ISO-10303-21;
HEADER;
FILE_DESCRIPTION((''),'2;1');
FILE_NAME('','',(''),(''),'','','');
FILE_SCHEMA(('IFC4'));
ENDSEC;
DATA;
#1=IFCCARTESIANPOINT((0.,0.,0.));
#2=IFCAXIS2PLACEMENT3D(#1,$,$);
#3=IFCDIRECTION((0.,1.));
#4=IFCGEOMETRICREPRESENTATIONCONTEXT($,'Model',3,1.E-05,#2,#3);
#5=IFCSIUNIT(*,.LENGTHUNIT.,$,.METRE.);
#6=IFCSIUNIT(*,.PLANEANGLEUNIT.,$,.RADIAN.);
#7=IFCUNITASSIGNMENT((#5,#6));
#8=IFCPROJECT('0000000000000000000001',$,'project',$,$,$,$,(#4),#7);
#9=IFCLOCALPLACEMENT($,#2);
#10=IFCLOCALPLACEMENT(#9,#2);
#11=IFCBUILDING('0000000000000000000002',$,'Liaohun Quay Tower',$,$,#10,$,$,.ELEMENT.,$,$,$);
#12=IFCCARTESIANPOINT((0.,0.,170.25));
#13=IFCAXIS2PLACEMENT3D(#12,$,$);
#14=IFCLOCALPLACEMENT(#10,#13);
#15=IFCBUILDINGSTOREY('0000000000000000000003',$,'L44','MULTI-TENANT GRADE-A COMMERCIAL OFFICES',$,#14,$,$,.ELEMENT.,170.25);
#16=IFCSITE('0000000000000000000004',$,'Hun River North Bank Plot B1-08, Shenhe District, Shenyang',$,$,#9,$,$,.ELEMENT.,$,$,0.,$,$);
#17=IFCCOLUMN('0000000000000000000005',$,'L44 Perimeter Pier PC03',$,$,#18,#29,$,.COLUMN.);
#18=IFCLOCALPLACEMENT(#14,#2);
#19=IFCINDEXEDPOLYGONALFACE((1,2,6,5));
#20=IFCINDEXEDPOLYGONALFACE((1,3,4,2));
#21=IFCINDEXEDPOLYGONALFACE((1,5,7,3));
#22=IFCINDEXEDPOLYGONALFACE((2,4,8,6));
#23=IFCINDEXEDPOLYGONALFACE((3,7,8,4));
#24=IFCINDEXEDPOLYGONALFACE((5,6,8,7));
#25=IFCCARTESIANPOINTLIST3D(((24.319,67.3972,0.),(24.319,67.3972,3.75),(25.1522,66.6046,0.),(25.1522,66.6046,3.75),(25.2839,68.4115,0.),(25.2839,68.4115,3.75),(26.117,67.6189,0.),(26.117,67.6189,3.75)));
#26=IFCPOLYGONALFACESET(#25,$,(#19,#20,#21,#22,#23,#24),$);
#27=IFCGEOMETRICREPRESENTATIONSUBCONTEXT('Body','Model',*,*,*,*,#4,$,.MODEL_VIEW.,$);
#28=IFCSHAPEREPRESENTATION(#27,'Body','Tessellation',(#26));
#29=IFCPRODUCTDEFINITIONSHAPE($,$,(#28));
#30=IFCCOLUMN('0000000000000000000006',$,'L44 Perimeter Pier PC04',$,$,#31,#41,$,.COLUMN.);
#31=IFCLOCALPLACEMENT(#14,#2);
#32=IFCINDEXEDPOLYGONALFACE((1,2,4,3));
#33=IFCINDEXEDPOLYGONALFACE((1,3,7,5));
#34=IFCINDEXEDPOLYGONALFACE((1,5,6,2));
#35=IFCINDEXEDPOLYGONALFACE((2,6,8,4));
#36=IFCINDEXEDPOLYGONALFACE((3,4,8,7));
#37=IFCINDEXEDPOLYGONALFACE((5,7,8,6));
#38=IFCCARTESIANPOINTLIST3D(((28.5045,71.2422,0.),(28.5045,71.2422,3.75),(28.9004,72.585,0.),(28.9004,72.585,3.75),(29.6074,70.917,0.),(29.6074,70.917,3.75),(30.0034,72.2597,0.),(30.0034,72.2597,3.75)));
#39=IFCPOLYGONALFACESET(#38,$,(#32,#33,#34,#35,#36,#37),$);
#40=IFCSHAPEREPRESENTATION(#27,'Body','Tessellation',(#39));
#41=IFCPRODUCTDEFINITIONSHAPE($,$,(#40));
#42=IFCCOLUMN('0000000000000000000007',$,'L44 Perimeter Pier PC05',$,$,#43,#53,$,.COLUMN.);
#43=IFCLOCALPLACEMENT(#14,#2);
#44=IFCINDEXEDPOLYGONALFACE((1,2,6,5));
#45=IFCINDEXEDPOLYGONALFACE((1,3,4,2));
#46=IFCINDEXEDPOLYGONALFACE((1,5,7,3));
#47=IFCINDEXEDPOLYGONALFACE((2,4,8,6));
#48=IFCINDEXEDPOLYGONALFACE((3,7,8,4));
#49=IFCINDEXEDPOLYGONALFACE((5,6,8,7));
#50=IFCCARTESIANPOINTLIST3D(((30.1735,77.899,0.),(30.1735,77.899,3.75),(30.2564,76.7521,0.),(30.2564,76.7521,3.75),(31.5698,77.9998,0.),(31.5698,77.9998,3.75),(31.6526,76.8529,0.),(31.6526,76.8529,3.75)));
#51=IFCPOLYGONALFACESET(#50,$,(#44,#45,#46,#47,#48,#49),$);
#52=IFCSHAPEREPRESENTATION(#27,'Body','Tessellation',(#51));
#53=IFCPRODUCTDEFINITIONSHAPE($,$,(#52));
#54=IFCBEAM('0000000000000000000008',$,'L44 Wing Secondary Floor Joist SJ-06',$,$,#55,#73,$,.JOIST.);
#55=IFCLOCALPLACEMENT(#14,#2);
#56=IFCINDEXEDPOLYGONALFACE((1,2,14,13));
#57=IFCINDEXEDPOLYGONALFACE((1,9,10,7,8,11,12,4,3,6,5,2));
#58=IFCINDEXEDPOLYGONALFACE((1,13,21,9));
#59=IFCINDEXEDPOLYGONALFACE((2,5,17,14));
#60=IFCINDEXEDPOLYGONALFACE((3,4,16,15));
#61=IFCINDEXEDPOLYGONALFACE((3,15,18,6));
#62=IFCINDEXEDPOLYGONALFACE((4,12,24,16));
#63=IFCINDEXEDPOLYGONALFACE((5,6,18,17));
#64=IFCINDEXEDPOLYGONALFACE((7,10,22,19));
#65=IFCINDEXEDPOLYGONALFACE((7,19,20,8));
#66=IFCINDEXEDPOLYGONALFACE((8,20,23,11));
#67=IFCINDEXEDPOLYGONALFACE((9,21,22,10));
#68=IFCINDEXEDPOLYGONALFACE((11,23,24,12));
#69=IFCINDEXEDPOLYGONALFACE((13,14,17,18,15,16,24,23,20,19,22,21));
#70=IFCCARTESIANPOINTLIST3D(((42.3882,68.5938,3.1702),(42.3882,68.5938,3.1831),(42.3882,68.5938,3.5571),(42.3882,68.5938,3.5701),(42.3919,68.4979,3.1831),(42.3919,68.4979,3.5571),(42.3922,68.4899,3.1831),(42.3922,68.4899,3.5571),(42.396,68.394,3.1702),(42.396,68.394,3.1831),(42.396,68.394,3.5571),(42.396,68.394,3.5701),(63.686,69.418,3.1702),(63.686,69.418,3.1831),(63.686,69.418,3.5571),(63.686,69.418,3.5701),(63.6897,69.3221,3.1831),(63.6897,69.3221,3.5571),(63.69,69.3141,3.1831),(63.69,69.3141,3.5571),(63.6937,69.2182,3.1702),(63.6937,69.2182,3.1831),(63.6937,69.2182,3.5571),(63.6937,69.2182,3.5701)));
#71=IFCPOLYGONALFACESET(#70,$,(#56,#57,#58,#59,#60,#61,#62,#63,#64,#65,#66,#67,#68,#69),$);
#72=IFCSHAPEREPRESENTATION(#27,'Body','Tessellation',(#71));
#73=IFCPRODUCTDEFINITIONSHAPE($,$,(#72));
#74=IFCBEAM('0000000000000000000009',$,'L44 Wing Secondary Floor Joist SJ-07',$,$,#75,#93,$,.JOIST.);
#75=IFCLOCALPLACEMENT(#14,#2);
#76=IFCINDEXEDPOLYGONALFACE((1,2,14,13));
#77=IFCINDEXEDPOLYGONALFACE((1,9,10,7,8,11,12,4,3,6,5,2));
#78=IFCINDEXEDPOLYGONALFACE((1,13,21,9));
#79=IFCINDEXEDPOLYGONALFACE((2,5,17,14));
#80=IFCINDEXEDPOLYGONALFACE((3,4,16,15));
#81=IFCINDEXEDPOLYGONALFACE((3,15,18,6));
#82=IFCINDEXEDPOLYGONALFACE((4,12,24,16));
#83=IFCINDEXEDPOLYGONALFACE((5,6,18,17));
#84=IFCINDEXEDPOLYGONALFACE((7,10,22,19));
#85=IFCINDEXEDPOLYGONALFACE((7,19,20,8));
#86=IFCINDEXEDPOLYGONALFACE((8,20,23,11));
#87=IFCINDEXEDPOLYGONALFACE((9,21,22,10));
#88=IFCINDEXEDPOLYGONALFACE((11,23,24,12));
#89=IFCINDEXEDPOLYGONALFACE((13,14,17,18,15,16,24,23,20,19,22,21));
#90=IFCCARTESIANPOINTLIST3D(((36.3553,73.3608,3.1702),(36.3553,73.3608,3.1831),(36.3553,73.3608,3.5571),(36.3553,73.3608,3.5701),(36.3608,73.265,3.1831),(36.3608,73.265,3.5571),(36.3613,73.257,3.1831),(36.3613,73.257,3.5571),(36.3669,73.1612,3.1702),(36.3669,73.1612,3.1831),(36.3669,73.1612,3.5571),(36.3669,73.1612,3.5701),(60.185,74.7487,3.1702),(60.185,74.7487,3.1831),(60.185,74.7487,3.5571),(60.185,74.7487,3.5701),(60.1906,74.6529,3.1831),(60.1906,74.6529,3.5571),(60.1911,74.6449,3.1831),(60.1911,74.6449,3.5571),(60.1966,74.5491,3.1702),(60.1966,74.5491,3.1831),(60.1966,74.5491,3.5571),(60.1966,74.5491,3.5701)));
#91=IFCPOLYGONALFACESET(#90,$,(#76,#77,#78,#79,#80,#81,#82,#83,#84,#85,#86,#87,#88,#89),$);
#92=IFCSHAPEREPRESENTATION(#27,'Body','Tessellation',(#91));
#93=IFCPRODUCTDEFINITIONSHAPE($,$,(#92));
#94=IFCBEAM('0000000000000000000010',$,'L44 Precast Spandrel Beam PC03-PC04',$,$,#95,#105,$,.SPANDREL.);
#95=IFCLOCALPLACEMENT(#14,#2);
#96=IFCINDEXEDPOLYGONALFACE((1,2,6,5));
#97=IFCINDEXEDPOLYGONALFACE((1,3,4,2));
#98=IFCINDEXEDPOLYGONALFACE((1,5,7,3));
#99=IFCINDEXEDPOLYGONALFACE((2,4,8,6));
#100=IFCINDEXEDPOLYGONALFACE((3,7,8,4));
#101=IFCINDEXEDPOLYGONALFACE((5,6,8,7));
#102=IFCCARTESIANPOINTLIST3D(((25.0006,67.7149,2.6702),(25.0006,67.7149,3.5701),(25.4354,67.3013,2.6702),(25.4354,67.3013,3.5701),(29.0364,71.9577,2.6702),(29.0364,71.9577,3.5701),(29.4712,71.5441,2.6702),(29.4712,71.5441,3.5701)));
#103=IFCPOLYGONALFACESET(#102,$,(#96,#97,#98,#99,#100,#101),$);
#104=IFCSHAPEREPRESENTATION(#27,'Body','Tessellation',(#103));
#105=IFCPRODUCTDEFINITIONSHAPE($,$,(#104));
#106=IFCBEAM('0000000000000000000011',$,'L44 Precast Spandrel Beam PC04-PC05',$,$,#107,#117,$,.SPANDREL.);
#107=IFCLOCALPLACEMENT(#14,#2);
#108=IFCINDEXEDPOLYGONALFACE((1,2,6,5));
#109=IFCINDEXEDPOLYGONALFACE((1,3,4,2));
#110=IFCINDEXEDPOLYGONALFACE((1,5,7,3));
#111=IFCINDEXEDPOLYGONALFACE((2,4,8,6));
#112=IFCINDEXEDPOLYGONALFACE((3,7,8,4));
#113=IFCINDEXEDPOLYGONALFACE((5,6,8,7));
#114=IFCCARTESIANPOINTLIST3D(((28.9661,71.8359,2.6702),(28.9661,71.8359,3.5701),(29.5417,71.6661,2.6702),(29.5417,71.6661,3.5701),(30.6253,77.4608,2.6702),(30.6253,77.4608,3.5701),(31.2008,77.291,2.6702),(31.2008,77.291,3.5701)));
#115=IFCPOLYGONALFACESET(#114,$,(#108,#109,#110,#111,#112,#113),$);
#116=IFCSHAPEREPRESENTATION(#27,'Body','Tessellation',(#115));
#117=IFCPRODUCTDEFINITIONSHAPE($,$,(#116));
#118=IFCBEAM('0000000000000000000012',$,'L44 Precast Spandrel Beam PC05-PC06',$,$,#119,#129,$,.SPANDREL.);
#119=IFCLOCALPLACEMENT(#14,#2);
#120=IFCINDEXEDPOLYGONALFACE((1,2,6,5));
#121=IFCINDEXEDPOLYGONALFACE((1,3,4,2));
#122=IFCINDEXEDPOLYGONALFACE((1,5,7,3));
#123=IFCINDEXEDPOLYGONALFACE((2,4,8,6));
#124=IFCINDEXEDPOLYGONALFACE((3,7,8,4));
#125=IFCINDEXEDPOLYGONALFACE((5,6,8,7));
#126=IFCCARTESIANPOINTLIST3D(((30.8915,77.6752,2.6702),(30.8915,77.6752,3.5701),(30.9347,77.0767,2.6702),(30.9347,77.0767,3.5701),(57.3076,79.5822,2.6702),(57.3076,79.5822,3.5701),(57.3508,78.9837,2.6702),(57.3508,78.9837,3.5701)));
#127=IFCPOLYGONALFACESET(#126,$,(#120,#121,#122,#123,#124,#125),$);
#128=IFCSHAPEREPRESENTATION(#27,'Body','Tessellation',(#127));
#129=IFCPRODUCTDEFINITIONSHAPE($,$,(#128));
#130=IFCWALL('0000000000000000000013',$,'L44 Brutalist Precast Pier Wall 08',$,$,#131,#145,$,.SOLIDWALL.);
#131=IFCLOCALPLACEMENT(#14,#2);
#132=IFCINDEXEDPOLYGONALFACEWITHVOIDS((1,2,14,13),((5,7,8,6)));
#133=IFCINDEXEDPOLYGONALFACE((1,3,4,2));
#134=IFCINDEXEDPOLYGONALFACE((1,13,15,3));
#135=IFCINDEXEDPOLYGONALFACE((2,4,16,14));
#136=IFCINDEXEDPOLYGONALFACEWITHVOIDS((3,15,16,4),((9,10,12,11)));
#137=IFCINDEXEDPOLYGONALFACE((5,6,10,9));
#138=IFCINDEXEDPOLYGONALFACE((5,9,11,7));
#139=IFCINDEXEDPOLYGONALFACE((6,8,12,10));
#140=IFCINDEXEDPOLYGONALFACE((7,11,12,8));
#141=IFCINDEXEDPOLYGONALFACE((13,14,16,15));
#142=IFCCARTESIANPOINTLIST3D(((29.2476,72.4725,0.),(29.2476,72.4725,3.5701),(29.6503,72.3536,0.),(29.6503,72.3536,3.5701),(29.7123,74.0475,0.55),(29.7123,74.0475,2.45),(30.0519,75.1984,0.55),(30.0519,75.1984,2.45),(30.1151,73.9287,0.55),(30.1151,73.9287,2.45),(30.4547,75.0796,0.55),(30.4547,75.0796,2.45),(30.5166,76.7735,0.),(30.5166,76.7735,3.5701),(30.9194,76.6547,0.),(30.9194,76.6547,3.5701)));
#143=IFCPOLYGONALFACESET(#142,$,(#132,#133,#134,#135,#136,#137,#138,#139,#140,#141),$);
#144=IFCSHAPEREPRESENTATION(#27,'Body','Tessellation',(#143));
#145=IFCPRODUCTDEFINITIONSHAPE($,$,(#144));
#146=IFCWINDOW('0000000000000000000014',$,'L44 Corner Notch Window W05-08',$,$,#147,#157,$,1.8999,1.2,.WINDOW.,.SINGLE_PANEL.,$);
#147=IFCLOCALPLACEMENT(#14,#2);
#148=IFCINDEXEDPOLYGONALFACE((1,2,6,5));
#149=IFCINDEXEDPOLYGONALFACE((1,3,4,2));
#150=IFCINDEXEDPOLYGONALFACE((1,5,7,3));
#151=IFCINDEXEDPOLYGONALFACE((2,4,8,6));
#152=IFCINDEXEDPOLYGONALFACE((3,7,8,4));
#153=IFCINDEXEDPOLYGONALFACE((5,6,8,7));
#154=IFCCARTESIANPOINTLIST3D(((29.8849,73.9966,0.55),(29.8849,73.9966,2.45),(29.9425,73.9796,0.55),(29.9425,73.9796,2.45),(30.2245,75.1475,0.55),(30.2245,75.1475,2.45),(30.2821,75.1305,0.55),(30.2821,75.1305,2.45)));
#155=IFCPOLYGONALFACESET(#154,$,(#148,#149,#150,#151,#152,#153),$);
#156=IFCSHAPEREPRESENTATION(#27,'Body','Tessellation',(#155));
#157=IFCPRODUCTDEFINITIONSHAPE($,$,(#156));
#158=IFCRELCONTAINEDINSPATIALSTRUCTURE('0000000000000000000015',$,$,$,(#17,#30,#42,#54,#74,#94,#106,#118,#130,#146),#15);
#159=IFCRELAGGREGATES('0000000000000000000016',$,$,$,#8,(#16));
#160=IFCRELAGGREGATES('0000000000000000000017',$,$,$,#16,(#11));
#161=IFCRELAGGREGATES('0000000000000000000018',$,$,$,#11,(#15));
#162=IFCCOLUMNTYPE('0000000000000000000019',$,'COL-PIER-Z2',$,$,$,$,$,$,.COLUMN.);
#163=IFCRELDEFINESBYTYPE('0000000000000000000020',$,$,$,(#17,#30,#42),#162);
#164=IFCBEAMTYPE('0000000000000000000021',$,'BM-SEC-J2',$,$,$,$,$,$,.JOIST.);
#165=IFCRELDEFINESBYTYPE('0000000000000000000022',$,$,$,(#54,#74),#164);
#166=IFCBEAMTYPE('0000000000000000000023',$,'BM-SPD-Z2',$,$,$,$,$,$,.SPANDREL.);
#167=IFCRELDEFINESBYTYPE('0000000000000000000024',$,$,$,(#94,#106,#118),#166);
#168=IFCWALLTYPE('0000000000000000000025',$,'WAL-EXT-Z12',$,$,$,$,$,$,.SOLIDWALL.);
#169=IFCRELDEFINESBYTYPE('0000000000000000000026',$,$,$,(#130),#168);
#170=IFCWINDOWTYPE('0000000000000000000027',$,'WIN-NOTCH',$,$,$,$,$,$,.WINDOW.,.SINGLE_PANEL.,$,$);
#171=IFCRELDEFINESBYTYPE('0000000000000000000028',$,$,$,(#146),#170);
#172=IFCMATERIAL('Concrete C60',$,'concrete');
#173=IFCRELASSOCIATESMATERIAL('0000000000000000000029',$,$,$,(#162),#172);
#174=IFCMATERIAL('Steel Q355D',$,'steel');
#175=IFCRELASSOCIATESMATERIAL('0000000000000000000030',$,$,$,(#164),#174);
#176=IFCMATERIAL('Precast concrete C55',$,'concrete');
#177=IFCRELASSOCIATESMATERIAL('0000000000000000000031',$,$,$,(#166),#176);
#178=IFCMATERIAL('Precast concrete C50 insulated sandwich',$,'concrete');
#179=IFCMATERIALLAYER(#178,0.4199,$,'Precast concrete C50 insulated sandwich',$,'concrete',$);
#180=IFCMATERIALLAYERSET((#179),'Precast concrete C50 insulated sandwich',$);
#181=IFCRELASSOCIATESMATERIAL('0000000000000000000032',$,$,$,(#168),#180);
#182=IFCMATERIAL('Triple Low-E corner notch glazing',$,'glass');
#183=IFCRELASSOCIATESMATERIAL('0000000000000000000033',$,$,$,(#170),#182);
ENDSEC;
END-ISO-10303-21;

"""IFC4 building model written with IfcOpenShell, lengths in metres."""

from ifc_helpers import new_model, si_unit, direction, frame, frame_2d, origin, origin_2d, place, context, subcontext, project, spatial, rectangle, i_section, extrude, source, transform, mapped, material, layer, layer_set, material_profile, profile_set, type_object, element, fill, save


model = new_model("IFC4")

# Units and contexts
model_context = context("Model", 3, precision=1e-05, world=origin(), true_north=direction((0.0, 1.0)))
body_context = subcontext(model_context, "Body", "Model", "MODEL_VIEW")
ifc_project = project(units=[si_unit("LENGTHUNIT", "METRE"), si_unit("PLANEANGLEUNIT", "RADIAN")], contexts=[model_context])

# Site, building, storey
site_placement = place(None, origin())
site = spatial("IfcSite", under=ifc_project, at=site_placement, Name="Hun River North Bank Plot B1-08, Shenhe District, Shenyang", CompositionType="ELEMENT", RefElevation=0.0)
building_placement = place(site_placement, origin())
building = spatial("IfcBuilding", under=site, at=building_placement, Name="Liaohun Quay Tower", CompositionType="ELEMENT")
storey_placement = place(building_placement, frame((0.0, 0.0, 170.25)))
storey = spatial("IfcBuildingStorey", under=building, at=storey_placement, Name="L44", Description="MULTI-TENANT GRADE-A COMMERCIAL OFFICES", CompositionType="ELEMENT", Elevation=170.25)

# Columns
ifc_material_1 = material(Name="Concrete C60", Category="concrete")
ifc_material_profile_1 = material_profile(ifc_material_1, rectangle(XDim=1.3999, YDim=1.1499, at=origin_2d()), Name="RC1400x1150")
ifc_profile_set_1 = profile_set([ifc_material_profile_1], Name="Concrete C60")
column_type = type_object("IfcColumnType", Name="COL-PIER-Z2", PredefinedType="COLUMN", material=ifc_profile_set_1)
shared_shape_1 = source(origin(), body_context, "Body", "SweptSolid", [
    extrude(rectangle(XDim=1.3999, YDim=1.1499, at=origin_2d()), origin(), (0.0, 0.0, 1.0), 3.75),
])
for number, where, z_axis, x_axis, name in (
    (1, (25.218, 67.5081, 0.0), (0.0, 0.0, 1.0), (0.68924, 0.724533, 0.0), "L44 Perimeter Pier PC03"),
    (2, (29.2539, 71.751, 0.0), (0.0, 0.0, 1.0), (0.282844, 0.959166, 0.0), "L44 Perimeter Pier PC04"),
    (3, (30.9131, 77.376, 0.0), (0.0, 0.0, 1.0), (0.997403, 0.07202, 0.0), "L44 Perimeter Pier PC05"),
):
    element("IfcColumn", number, at=place(storey_placement, frame(where, z_axis=z_axis, x_axis=x_axis)), inside=storey, type_object=column_type, Name=name, PredefinedType="COLUMN", context=body_context, shape_type="MappedRepresentation", body=[
        mapped(shared_shape_1, transform((0.0, 0.0, 0.0), x_axis=(1.0, 0.0, 0.0), y_axis=(0.0, 1.0, 0.0), z_axis=(0.0, 0.0, 1.0), scale=1.0)),
    ])

# Beams
ifc_material_2 = material(Name="Steel Q355D", Category="steel")
ifc_material_profile_2 = material_profile(ifc_material_2, i_section(OverallWidth=0.2, OverallDepth=0.3999, WebThickness=0.0081, FlangeThickness=0.0129, at=origin_2d()), Name="HN400x200x8x13")
ifc_profile_set_2 = profile_set([ifc_material_profile_2], Name="Steel Q355D")
beam_type_1 = type_object("IfcBeamType", Name="BM-SEC-J2", PredefinedType="JOIST", material=ifc_profile_set_2)
shared_shape_2 = source(origin(), body_context, "Body", "SweptSolid", [
    extrude(i_section(OverallWidth=0.2, OverallDepth=0.3999, WebThickness=0.0081, FlangeThickness=0.0129, at=origin_2d()), origin(), (0.0, 0.0, 1.0), 21.3137),
])
beam_1_placement = place(storey_placement, frame((42.3921, 68.4939, 3.3701), z_axis=(0.999252, 0.038671, 0.0), x_axis=(-0.038671, 0.999252, 0.0)))
element("IfcBeam", 4, at=beam_1_placement, inside=storey, type_object=beam_type_1, Name="L44 Wing Secondary Floor Joist SJ-06", PredefinedType="JOIST", context=body_context, shape_type="MappedRepresentation", body=[
    mapped(shared_shape_2, transform((0.0, 0.0, 0.0), x_axis=(1.0, 0.0, 0.0), y_axis=(0.0, 1.0, 0.0), z_axis=(0.0, 0.0, 1.0), scale=1.0)),
])
shared_shape_3 = source(origin(), body_context, "Body", "SweptSolid", [
    extrude(i_section(OverallWidth=0.2, OverallDepth=0.3999, WebThickness=0.0081, FlangeThickness=0.0129, at=origin_2d()), origin(), (0.0, 0.0, 1.0), 23.8701),
])
beam_2_placement = place(storey_placement, frame((36.3611, 73.261, 3.3701), z_axis=(0.998308, 0.058145, 0.0), x_axis=(-0.058145, 0.998308, 0.0)))
element("IfcBeam", 5, at=beam_2_placement, inside=storey, type_object=beam_type_1, Name="L44 Wing Secondary Floor Joist SJ-07", PredefinedType="JOIST", context=body_context, shape_type="MappedRepresentation", body=[
    mapped(shared_shape_3, transform((0.0, 0.0, 0.0), x_axis=(1.0, 0.0, 0.0), y_axis=(0.0, 1.0, 0.0), z_axis=(0.0, 0.0, 1.0), scale=1.0)),
])
ifc_material_3 = material(Name="Precast concrete C55", Category="concrete")
ifc_material_profile_3 = material_profile(ifc_material_3, rectangle(XDim=0.6001, YDim=0.8999, at=origin_2d()), Name="RC600x900")
ifc_profile_set_3 = profile_set([ifc_material_profile_3], Name="Precast concrete C55")
beam_type_2 = type_object("IfcBeamType", Name="BM-SPD-Z2", PredefinedType="SPANDREL", material=ifc_profile_set_3)
shared_shape_4 = source(origin(), body_context, "Body", "SweptSolid", [
    extrude(rectangle(XDim=0.6001, YDim=0.8999, at=origin_2d()), origin(), (0.0, 0.0, 1.0), 5.8557),
])
beam_3_placement = place(storey_placement, frame((25.218, 67.5081, 3.1201), z_axis=(0.689208, 0.724563, 0.0), x_axis=(-0.724563, 0.689208, 0.0)))
element("IfcBeam", 6, at=beam_3_placement, inside=storey, type_object=beam_type_2, Name="L44 Precast Spandrel Beam PC03-PC04", PredefinedType="SPANDREL", context=body_context, shape_type="MappedRepresentation", body=[
    mapped(shared_shape_4, transform((0.0, 0.0, 0.0), x_axis=(1.0, 0.0, 0.0), y_axis=(0.0, 1.0, 0.0), z_axis=(0.0, 0.0, 1.0), scale=1.0)),
])
shared_shape_5 = source(origin(), body_context, "Body", "SweptSolid", [
    extrude(rectangle(XDim=0.6001, YDim=0.8999, at=origin_2d()), origin(), (0.0, 0.0, 1.0), 5.8645),
])
beam_4_placement = place(storey_placement, frame((29.2539, 71.751, 3.1201), z_axis=(0.282915, 0.959145, 0.0), x_axis=(-0.959145, 0.282915, 0.0)))
element("IfcBeam", 7, at=beam_4_placement, inside=storey, type_object=beam_type_2, Name="L44 Precast Spandrel Beam PC04-PC05", PredefinedType="SPANDREL", context=body_context, shape_type="MappedRepresentation", body=[
    mapped(shared_shape_5, transform((0.0, 0.0, 0.0), x_axis=(1.0, 0.0, 0.0), y_axis=(0.0, 1.0, 0.0), z_axis=(0.0, 0.0, 1.0), scale=1.0)),
])
shared_shape_6 = source(origin(), body_context, "Body", "SweptSolid", [
    extrude(rectangle(XDim=0.6001, YDim=0.8999, at=origin_2d()), origin(), (0.0, 0.0, 1.0), 26.4849),
])
beam_5_placement = place(storey_placement, frame((30.9131, 77.376, 3.1201), z_axis=(0.997404, 0.072003, 0.0), x_axis=(-0.072003, 0.997404, 0.0)))
element("IfcBeam", 8, at=beam_5_placement, inside=storey, type_object=beam_type_2, Name="L44 Precast Spandrel Beam PC05-PC06", PredefinedType="SPANDREL", context=body_context, shape_type="MappedRepresentation", body=[
    mapped(shared_shape_6, transform((0.0, 0.0, 0.0), x_axis=(1.0, 0.0, 0.0), y_axis=(0.0, 1.0, 0.0), z_axis=(0.0, 0.0, 1.0), scale=1.0)),
])

# Wall, opening, window
ifc_material_4 = material(Name="Precast concrete C50 insulated sandwich", Category="concrete")
ifc_layer_1 = layer(ifc_material_4, 0.4199, Name="Precast concrete C50 insulated sandwich", Category="concrete")
ifc_layer_set_1 = layer_set([ifc_layer_1], Name="Precast concrete C50 insulated sandwich")
wall_type_1 = type_object("IfcWallType", Name="WAL-EXT-Z12", PredefinedType="SOLIDWALL", material=ifc_layer_set_1)
wall_1_placement = place(storey_placement, frame((30.718, 76.7141, 0.0), z_axis=(0.0, 0.0, 1.0), x_axis=(-0.282994, -0.959122, 0.0)))
wall_1 = element("IfcWall", 9, at=wall_1_placement, inside=storey, type_object=wall_type_1, Name="L44 Brutalist Precast Pier Wall 08", PredefinedType="SOLIDWALL", context=body_context, shape_type="SweptSolid", body=[
    extrude(rectangle(XDim=4.4844, YDim=0.4199, at=frame_2d((2.2422, 0.0))), origin(), (0.0, 0.0, 1.0), 3.5701),
])
shared_shape_7 = source(origin(), body_context, "Body", "SweptSolid", [
    extrude(rectangle(XDim=1.2, YDim=1.8999, at=frame_2d((0.6001, 0.95))), frame((0.0, 0.22, 0.0), z_axis=(0.0, -1.0, 0.0), x_axis=(1.0, 0.0, 0.0)), (0.0, 0.0, 1.0), 0.4399),
])
opening_1_placement = place(wall_1_placement, frame((1.6421, 0.0, 0.55)))
opening_1 = element("IfcOpeningElement", 10, at=opening_1_placement, cuts=wall_1, PredefinedType="OPENING", context=body_context, shape_type="MappedRepresentation", body=[
    mapped(shared_shape_7, transform((0.0, 0.0, 0.0), x_axis=(1.0, 0.0, 0.0), y_axis=(0.0, 1.0, 0.0), z_axis=(0.0, 0.0, 1.0), scale=1.0)),
])
ifc_material_5 = material(Name="Triple Low-E corner notch glazing", Category="glass")
window_type_1 = type_object("IfcWindowType", Name="WIN-NOTCH", PartitioningType="SINGLE_PANEL", PredefinedType="WINDOW", material=ifc_material_5)
shared_shape_8 = source(origin(), body_context, "Body", "SweptSolid", [
    extrude(rectangle(XDim=1.2, YDim=1.8999, at=frame_2d((0.6001, 0.95))), frame((0.0, 0.03, 0.0), z_axis=(0.0, -1.0, 0.0), x_axis=(1.0, 0.0, 0.0)), (0.0, 0.0, 1.0), 0.0601),
])
window_1_placement = place(opening_1_placement, origin())
window_1 = element("IfcWindow", 11, at=window_1_placement, inside=storey, type_object=window_type_1, Name="L44 Corner Notch Window W05-08", OverallHeight=1.8999, OverallWidth=1.2, PartitioningType="SINGLE_PANEL", PredefinedType="WINDOW", context=body_context, shape_type="MappedRepresentation", body=[
    mapped(shared_shape_8, transform((0.0, 0.0, 0.0), x_axis=(1.0, 0.0, 0.0), y_axis=(0.0, 1.0, 0.0), z_axis=(0.0, 0.0, 1.0), scale=1.0)),
])
fill(opening_1, window_1)

save(model, "model.ifc")
